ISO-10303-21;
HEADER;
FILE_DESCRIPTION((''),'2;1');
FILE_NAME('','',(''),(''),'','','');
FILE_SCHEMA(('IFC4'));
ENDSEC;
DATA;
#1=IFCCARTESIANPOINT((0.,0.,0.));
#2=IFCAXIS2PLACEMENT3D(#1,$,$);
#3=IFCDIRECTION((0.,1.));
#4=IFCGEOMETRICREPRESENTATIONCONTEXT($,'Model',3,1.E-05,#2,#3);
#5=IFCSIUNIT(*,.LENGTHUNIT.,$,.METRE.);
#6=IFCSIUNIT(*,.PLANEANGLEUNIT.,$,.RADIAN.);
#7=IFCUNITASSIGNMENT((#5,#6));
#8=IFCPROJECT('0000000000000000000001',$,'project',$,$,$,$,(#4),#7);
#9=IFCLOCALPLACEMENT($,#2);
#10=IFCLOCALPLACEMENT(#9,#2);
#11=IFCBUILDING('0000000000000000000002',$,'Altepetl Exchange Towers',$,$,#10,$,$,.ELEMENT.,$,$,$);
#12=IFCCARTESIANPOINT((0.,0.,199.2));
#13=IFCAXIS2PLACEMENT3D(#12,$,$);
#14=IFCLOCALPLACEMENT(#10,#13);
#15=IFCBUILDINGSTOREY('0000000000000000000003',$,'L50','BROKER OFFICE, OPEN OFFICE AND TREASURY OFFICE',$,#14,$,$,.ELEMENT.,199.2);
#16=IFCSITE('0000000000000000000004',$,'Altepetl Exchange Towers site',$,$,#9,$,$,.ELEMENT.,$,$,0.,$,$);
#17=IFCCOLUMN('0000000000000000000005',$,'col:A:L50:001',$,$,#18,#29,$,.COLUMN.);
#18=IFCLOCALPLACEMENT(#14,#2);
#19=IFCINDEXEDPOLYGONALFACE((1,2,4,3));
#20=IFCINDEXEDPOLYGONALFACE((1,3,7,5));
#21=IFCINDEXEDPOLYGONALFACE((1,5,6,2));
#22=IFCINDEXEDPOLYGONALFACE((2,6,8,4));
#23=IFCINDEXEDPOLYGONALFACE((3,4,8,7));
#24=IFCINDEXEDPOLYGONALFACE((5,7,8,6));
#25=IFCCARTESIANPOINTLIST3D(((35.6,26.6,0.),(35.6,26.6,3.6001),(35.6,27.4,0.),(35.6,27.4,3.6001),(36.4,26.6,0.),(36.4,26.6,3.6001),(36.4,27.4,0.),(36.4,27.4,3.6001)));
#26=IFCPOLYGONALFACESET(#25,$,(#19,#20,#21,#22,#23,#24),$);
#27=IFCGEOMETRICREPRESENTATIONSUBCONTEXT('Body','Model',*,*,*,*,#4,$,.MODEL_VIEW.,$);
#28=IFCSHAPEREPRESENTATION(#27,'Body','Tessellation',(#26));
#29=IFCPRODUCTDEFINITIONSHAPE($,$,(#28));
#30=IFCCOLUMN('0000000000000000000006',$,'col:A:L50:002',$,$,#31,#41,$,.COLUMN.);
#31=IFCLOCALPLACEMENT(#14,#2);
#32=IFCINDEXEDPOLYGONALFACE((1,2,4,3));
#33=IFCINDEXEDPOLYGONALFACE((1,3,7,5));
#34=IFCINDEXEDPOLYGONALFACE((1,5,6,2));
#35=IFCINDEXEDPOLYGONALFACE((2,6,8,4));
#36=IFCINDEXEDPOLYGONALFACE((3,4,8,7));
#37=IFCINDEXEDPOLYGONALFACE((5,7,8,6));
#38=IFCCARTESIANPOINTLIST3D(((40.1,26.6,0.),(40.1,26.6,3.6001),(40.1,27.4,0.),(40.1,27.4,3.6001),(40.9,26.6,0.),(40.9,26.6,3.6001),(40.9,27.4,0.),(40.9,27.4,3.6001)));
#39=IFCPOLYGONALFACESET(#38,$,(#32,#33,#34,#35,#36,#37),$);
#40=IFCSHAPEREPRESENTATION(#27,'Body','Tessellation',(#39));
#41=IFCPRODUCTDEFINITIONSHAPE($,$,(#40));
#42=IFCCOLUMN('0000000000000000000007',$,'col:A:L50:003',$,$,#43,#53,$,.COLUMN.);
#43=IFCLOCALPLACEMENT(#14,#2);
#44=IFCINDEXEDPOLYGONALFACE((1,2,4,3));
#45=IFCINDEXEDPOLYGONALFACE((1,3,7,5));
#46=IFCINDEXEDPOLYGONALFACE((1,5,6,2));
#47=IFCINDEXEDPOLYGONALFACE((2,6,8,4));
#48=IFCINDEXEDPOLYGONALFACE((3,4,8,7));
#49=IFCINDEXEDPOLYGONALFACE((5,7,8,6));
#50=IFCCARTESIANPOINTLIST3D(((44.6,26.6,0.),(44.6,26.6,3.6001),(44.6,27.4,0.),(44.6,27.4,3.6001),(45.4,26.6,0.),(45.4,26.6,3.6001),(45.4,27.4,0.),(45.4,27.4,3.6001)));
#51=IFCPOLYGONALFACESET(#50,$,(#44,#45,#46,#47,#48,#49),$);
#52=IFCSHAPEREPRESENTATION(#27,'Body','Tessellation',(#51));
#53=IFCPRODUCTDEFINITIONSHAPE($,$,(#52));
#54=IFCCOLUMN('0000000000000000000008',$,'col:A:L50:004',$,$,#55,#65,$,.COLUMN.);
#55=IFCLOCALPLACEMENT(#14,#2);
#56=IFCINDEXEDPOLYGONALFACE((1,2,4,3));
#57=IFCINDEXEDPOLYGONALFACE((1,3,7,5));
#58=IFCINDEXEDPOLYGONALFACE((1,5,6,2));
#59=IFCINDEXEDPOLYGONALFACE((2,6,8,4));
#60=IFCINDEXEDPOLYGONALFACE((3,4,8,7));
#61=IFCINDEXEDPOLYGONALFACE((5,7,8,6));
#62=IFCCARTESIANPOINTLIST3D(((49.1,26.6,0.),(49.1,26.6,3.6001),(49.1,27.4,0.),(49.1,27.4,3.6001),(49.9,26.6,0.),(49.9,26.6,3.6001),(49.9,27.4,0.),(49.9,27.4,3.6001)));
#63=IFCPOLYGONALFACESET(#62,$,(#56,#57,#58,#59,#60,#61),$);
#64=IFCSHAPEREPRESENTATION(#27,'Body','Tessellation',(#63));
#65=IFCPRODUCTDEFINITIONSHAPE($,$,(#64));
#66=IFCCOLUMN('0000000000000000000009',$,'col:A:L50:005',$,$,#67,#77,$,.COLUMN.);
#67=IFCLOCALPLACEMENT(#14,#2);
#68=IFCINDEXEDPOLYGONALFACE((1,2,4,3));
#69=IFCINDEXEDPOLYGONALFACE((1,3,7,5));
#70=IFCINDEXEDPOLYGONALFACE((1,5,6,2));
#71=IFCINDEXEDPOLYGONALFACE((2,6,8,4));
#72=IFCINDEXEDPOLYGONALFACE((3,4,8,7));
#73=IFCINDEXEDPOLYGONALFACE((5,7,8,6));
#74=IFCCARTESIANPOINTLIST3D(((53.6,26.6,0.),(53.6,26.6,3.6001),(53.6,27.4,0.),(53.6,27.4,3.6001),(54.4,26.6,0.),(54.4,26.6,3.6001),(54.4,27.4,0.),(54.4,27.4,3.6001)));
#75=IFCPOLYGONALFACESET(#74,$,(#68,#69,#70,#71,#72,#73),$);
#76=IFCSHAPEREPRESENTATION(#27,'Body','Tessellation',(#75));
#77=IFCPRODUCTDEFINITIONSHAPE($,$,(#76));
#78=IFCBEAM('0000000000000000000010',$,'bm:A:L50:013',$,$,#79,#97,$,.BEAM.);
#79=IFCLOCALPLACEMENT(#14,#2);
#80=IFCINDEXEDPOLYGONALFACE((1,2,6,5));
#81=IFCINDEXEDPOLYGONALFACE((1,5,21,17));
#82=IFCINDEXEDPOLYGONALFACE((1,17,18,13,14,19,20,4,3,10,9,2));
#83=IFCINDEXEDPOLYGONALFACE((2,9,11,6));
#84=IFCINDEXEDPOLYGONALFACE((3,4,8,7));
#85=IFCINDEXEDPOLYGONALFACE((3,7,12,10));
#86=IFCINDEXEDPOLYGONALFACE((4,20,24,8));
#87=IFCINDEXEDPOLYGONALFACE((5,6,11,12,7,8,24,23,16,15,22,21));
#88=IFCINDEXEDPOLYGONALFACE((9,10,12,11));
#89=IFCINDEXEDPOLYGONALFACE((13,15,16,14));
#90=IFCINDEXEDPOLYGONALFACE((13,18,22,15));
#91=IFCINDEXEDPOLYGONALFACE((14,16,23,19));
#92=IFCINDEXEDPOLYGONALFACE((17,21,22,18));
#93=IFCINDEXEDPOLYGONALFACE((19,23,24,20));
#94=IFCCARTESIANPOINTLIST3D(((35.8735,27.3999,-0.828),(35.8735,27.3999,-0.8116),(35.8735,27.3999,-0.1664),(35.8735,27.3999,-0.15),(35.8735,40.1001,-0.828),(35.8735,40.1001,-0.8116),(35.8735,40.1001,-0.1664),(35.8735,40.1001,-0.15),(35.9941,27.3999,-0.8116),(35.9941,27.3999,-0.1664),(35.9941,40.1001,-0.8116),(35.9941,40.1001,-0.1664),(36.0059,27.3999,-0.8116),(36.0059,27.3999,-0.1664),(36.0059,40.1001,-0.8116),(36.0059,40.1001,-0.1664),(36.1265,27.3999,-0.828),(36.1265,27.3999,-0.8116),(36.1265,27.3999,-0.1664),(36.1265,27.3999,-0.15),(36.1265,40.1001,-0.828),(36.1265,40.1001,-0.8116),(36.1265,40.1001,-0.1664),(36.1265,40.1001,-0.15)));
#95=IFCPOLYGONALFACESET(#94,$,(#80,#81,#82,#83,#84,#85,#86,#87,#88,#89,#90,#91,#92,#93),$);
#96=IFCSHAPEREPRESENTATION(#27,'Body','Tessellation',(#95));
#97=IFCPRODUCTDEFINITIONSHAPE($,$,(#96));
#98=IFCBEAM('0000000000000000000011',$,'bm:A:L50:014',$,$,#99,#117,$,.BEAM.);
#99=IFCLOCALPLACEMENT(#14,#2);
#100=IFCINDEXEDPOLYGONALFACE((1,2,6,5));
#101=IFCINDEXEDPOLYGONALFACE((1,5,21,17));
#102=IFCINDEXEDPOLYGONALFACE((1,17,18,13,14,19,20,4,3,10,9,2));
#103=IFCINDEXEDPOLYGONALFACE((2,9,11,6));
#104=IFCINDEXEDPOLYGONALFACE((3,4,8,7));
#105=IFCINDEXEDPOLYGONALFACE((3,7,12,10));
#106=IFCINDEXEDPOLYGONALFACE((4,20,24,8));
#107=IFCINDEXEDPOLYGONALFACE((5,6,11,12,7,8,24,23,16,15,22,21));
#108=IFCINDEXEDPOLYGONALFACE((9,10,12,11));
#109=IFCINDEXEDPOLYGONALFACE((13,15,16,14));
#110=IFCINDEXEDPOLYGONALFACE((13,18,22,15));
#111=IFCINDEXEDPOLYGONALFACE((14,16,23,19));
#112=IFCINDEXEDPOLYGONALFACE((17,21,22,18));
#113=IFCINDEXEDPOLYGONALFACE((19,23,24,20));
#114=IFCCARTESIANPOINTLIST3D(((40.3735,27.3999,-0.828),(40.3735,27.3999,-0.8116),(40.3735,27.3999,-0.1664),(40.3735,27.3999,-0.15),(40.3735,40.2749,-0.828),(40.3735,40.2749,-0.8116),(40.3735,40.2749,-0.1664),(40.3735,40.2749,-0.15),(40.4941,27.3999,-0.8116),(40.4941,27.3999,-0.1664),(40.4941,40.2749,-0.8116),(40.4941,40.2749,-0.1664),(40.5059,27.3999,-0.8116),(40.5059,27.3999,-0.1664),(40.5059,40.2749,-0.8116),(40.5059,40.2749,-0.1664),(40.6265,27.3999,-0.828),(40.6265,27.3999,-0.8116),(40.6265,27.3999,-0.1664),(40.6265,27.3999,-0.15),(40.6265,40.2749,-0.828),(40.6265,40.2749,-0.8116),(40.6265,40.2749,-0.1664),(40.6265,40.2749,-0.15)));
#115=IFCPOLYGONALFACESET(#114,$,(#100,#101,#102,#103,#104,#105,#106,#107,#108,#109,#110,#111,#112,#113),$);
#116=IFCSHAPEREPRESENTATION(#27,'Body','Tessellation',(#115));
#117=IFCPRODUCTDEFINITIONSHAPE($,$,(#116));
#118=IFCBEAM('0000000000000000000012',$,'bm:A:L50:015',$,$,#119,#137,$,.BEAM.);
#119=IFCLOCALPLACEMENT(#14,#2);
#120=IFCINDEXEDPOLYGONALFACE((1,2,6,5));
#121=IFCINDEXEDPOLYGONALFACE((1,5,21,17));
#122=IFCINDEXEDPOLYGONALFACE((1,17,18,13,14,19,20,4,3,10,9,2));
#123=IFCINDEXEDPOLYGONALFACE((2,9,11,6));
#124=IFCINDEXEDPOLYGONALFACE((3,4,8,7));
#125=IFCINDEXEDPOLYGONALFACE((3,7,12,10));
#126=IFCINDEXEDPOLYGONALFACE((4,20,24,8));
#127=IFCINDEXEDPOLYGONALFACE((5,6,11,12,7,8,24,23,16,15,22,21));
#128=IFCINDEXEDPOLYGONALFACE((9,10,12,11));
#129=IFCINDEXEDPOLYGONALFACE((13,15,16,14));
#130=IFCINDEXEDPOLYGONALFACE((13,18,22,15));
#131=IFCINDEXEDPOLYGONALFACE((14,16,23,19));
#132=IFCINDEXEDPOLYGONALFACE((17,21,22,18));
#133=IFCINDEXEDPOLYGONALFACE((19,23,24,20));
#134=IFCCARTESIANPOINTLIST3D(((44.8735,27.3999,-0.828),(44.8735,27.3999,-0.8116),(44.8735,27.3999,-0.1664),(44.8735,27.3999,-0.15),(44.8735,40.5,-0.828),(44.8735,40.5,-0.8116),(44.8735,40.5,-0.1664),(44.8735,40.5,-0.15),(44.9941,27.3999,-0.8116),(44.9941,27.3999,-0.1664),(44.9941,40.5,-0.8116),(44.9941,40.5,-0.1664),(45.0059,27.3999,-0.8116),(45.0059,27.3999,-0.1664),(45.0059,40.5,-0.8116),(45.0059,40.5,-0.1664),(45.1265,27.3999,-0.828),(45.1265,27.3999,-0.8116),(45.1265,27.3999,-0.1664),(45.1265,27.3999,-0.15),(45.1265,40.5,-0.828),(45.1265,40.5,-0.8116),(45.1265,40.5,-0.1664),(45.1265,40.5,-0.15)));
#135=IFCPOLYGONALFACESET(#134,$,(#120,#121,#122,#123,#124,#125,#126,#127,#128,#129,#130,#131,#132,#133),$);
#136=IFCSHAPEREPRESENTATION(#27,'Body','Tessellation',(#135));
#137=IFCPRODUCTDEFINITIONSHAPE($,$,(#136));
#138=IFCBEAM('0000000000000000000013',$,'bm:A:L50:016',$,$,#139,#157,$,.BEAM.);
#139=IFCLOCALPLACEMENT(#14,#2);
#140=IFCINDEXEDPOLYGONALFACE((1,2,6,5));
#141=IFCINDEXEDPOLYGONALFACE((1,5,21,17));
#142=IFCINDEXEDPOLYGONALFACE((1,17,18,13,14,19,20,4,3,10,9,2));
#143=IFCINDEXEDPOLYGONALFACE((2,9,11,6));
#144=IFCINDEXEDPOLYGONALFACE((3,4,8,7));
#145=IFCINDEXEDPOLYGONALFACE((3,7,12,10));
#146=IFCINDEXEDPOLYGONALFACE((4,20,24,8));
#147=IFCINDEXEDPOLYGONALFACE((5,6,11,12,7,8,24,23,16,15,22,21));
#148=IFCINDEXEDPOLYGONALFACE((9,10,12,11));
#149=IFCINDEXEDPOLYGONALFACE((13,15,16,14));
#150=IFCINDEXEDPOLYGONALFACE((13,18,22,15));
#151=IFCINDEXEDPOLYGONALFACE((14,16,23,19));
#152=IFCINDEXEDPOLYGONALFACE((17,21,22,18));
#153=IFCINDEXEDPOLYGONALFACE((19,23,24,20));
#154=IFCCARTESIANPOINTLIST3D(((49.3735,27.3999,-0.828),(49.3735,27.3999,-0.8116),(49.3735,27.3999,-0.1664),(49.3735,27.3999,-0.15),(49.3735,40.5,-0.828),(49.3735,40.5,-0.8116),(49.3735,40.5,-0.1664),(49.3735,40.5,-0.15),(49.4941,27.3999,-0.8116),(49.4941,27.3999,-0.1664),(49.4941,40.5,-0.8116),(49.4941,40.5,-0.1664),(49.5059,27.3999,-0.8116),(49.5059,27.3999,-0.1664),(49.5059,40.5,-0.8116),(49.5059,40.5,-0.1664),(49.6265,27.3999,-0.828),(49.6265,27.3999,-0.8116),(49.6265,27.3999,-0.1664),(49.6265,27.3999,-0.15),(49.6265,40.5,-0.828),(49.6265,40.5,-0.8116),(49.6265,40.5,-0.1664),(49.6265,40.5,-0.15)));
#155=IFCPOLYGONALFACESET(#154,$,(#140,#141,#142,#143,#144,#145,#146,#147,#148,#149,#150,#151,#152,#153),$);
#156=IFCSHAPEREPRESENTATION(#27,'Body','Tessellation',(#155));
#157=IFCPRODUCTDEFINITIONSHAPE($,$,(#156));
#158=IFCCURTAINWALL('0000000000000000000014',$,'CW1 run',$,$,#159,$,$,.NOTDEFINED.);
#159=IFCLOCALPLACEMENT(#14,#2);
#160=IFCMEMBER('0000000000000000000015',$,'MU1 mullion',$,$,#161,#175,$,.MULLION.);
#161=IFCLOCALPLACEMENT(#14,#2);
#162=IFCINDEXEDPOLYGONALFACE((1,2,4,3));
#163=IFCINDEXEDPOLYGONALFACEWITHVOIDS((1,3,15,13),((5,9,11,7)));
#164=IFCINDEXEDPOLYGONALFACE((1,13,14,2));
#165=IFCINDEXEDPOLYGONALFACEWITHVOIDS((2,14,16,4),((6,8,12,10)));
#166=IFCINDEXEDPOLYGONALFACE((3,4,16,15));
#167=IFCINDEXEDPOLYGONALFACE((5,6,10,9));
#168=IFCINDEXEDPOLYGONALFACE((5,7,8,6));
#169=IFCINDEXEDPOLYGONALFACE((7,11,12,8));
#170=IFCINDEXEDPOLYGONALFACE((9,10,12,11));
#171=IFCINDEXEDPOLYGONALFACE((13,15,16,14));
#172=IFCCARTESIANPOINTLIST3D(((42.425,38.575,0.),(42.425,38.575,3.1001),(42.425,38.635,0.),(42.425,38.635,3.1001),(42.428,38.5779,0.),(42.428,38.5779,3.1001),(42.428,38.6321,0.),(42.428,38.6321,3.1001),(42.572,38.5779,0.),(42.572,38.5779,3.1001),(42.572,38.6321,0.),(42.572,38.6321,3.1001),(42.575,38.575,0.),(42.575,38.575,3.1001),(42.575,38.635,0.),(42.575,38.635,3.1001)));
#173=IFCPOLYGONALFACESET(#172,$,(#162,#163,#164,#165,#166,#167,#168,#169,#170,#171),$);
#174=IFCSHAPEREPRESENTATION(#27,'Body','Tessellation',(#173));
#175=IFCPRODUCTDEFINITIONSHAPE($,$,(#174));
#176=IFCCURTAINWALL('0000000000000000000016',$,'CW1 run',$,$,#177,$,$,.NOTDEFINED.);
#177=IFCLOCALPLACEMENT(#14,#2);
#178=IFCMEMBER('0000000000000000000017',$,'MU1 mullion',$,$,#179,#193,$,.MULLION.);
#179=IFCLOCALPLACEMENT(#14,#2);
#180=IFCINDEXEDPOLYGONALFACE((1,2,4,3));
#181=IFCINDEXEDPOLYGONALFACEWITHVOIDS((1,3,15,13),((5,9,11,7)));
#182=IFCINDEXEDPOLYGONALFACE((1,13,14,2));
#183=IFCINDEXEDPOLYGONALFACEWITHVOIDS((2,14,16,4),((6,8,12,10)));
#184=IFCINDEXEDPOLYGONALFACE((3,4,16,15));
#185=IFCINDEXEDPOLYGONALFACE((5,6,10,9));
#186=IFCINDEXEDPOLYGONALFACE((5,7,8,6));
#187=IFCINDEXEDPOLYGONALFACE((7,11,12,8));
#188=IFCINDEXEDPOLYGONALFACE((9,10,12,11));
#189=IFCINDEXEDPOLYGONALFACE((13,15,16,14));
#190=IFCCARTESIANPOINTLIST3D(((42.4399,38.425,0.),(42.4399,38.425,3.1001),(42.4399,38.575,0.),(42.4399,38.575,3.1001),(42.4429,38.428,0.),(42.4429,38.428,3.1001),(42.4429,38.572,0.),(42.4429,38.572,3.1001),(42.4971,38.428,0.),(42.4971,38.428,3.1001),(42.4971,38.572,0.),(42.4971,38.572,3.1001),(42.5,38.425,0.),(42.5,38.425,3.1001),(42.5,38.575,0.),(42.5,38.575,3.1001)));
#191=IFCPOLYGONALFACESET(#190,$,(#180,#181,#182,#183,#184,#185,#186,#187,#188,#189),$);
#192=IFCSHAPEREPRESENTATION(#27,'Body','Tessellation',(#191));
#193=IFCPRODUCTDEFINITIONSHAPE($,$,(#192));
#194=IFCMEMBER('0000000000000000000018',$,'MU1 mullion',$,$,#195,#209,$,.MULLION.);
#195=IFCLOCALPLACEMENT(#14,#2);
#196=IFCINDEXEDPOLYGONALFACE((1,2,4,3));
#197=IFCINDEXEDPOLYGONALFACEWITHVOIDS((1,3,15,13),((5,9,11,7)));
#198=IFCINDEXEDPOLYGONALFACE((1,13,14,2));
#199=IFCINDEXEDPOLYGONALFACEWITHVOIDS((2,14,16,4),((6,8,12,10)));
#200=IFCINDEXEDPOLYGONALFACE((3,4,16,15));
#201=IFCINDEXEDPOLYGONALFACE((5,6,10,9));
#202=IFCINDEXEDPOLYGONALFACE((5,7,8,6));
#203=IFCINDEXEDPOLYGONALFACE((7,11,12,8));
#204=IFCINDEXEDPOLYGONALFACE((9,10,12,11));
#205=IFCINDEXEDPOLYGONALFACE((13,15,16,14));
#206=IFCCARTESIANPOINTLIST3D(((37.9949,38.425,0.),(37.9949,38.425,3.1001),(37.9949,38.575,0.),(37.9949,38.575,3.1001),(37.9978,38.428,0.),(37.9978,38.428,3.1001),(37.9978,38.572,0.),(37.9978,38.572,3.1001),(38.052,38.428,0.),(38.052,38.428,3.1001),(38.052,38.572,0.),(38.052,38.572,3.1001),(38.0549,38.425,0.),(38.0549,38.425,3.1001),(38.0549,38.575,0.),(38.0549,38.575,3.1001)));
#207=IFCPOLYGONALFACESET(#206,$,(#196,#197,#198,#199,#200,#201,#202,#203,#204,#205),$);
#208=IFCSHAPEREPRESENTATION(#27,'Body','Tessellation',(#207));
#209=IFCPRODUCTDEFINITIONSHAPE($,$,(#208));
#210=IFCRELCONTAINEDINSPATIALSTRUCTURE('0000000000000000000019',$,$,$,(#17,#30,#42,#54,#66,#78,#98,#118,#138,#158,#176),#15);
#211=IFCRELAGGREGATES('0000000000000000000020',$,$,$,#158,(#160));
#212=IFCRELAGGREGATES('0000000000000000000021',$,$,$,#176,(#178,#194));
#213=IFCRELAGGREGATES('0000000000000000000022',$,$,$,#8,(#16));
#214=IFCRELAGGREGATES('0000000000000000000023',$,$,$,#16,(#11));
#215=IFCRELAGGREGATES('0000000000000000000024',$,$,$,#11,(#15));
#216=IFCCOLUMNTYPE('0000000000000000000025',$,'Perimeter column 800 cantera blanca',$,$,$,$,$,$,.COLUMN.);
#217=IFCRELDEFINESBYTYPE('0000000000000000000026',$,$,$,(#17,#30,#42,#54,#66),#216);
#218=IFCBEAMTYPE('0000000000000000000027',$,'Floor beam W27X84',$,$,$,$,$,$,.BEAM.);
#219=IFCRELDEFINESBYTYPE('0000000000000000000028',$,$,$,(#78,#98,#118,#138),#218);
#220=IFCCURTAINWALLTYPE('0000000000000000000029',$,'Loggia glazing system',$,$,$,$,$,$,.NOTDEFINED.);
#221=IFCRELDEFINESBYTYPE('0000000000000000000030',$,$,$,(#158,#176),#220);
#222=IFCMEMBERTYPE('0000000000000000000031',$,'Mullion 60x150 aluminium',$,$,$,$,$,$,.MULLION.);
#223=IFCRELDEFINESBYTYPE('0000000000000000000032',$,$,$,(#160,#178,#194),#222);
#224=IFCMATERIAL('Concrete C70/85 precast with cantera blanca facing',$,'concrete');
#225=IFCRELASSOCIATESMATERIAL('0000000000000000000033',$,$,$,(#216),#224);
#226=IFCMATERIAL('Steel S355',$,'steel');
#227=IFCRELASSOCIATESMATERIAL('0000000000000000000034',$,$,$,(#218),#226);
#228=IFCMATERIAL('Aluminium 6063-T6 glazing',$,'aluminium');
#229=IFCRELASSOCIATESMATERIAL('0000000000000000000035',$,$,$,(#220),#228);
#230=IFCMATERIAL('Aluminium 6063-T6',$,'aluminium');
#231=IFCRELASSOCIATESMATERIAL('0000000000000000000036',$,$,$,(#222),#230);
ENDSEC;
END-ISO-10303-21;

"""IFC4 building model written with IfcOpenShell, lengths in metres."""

from ifc_helpers import new_model, si_unit, direction, frame, origin, origin_2d, place, context, subcontext, project, spatial, rectangle, hollow_rectangle, i_section, extrude, material, material_profile, profile_set, type_object, element, aggregate, save


model = new_model("IFC4")

# Units and contexts
model_context = context("Model", 3, precision=1e-05, world=origin(), true_north=direction((0.0, 1.0)))
body_context = subcontext(model_context, "Body", "Model", "MODEL_VIEW")
ifc_project = project(units=[si_unit("LENGTHUNIT", "METRE"), si_unit("PLANEANGLEUNIT", "RADIAN")], contexts=[model_context])

# Site, building, storey
site_placement = place(None, origin())
site = spatial("IfcSite", under=ifc_project, at=site_placement, Name="Altepetl Exchange Towers site", CompositionType="ELEMENT", RefElevation=0.0)
building_placement = place(site_placement, origin())
building = spatial("IfcBuilding", under=site, at=building_placement, Name="Altepetl Exchange Towers", CompositionType="ELEMENT")
storey_placement = place(building_placement, frame((0.0, 0.0, 199.2)))
storey = spatial("IfcBuildingStorey", under=building, at=storey_placement, Name="L50", Description="BROKER OFFICE, OPEN OFFICE AND TREASURY OFFICE", CompositionType="ELEMENT", Elevation=199.2)

# Columns
ifc_material_1 = material(Name="Concrete C70/85 precast with cantera blanca facing", Category="concrete")
ifc_material_profile_1 = material_profile(ifc_material_1, rectangle(XDim=0.8, YDim=0.8, at=origin_2d()), Name="800 x 800")
ifc_profile_set_1 = profile_set([ifc_material_profile_1], Name="Concrete C70/85 precast with cantera blanca facing")
column_type = type_object("IfcColumnType", Name="Perimeter column 800 cantera blanca", PredefinedType="COLUMN", material=ifc_profile_set_1)
for number, where, name in (
    (1, (36.0, 27.0, 0.0), "col:A:L50:001"),
    (2, (40.5, 27.0, 0.0), "col:A:L50:002"),
    (3, (45.0, 27.0, 0.0), "col:A:L50:003"),
    (4, (49.5, 27.0, 0.0), "col:A:L50:004"),
    (5, (54.0, 27.0, 0.0), "col:A:L50:005"),
):
    element("IfcColumn", number, at=place(storey_placement, frame(where)), inside=storey, type_object=column_type, Name=name, PredefinedType="COLUMN", context=body_context, shape_type="SweptSolid", body=[
        extrude(rectangle(XDim=0.8, YDim=0.8, at=origin_2d()), origin(), (0.0, 0.0, 1.0), 3.6001),
    ])

# Beams
ifc_material_2 = material(Name="Steel S355", Category="steel")
ifc_material_profile_2 = material_profile(ifc_material_2, i_section(OverallWidth=0.2529, OverallDepth=0.678, WebThickness=0.0117, FlangeThickness=0.0164, at=origin_2d()), Name="W27X84")
ifc_profile_set_2 = profile_set([ifc_material_profile_2], Name="Steel S355")
beam_type_1 = type_object("IfcBeamType", Name="Floor beam W27X84", PredefinedType="BEAM", material=ifc_profile_set_2)
beam_1_placement = place(storey_placement, frame((36.0, 27.3999, -0.489), z_axis=(0.0, 1.0, 0.0), x_axis=(-1.0, 0.0, 0.0)))
element("IfcBeam", 6, at=beam_1_placement, inside=storey, type_object=beam_type_1, Name="bm:A:L50:013", PredefinedType="BEAM", context=body_context, shape_type="SweptSolid", body=[
    extrude(i_section(OverallWidth=0.2529, OverallDepth=0.678, WebThickness=0.0117, FlangeThickness=0.0164, at=origin_2d()), origin(), (0.0, 0.0, 1.0), 12.7002),
])
beam_2_placement = place(storey_placement, frame((40.5, 27.3999, -0.489), z_axis=(0.0, 1.0, 0.0), x_axis=(-1.0, 0.0, 0.0)))
element("IfcBeam", 7, at=beam_2_placement, inside=storey, type_object=beam_type_1, Name="bm:A:L50:014", PredefinedType="BEAM", context=body_context, shape_type="SweptSolid", body=[
    extrude(i_section(OverallWidth=0.2529, OverallDepth=0.678, WebThickness=0.0117, FlangeThickness=0.0164, at=origin_2d()), origin(), (0.0, 0.0, 1.0), 12.875),
])
for number, where, z_axis, x_axis, name in (
    (8, (45.0, 27.3999, -0.489), (0.0, 1.0, 0.0), (-1.0, 0.0, 0.0), "bm:A:L50:015"),
    (9, (49.5, 27.3999, -0.489), (0.0, 1.0, 0.0), (-1.0, 0.0, 0.0), "bm:A:L50:016"),
):
    element("IfcBeam", number, at=place(storey_placement, frame(where, z_axis=z_axis, x_axis=x_axis)), inside=storey, type_object=beam_type_1, Name=name, PredefinedType="BEAM", context=body_context, shape_type="SweptSolid", body=[
        extrude(i_section(OverallWidth=0.2529, OverallDepth=0.678, WebThickness=0.0117, FlangeThickness=0.0164, at=origin_2d()), origin(), (0.0, 0.0, 1.0), 13.1001),
    ])

# Curtain wall, member
ifc_material_3 = material(Name="Aluminium 6063-T6 glazing", Category="aluminium")
curtain_wall_type = type_object("IfcCurtainWallType", Name="Loggia glazing system", PredefinedType="NOTDEFINED", material=ifc_material_3)
curtain_wall_1_placement = place(storey_placement, origin())
curtain_wall_1 = element("IfcCurtainWall", 10, at=curtain_wall_1_placement, inside=storey, type_object=curtain_wall_type, Name="CW1 run", PredefinedType="NOTDEFINED")
ifc_material_4 = material(Name="Aluminium 6063-T6", Category="aluminium")
ifc_material_profile_3 = material_profile(ifc_material_4, hollow_rectangle(XDim=0.0601, YDim=0.1499, WallThickness=0.0029, at=origin_2d()), Name="Mullion 60x150 aluminium")
ifc_profile_set_3 = profile_set([ifc_material_profile_3], Name="Aluminium 6063-T6")
member_type = type_object("IfcMemberType", Name="Mullion 60x150 aluminium", PredefinedType="MULLION", material=ifc_profile_set_3)
member_1_placement = place(storey_placement, frame((42.5, 38.605, 0.0), z_axis=(0.0, 0.0, 1.0), x_axis=(0.0, -1.0, 0.0)))
member_1 = element("IfcMember", 11, at=member_1_placement, type_object=member_type, Name="MU1 mullion", PredefinedType="MULLION", context=body_context, shape_type="SweptSolid", body=[
    extrude(hollow_rectangle(XDim=0.0601, YDim=0.1499, WallThickness=0.0029, at=origin_2d()), origin(), (0.0, 0.0, 1.0), 3.1001),
])
aggregate(curtain_wall_1, [member_1])

# Curtain wall, members
curtain_wall_2_placement = place(storey_placement, origin())
curtain_wall_2 = element("IfcCurtainWall", 12, at=curtain_wall_2_placement, inside=storey, type_object=curtain_wall_type, Name="CW1 run", PredefinedType="NOTDEFINED")
member_2_placement = place(storey_placement, frame((42.47, 38.5, 0.0), z_axis=(0.0, 0.0, 1.0), x_axis=(-1.0, 0.0, 0.0)))
member_2 = element("IfcMember", 13, at=member_2_placement, type_object=member_type, Name="MU1 mullion", PredefinedType="MULLION", context=body_context, shape_type="SweptSolid", body=[
    extrude(hollow_rectangle(XDim=0.0601, YDim=0.1499, WallThickness=0.0029, at=origin_2d()), origin(), (0.0, 0.0, 1.0), 3.1001),
])
member_3_placement = place(storey_placement, frame((38.0249, 38.5, 0.0), z_axis=(0.0, 0.0, 1.0), x_axis=(-1.0, 0.0, 0.0)))
member_3 = element("IfcMember", 14, at=member_3_placement, type_object=member_type, Name="MU1 mullion", PredefinedType="MULLION", context=body_context, shape_type="SweptSolid", body=[
    extrude(hollow_rectangle(XDim=0.0601, YDim=0.1499, WallThickness=0.0029, at=origin_2d()), origin(), (0.0, 0.0, 1.0), 3.1001),
])

aggregate(curtain_wall_2, [member_2, member_3])

save(model, "model.ifc")
